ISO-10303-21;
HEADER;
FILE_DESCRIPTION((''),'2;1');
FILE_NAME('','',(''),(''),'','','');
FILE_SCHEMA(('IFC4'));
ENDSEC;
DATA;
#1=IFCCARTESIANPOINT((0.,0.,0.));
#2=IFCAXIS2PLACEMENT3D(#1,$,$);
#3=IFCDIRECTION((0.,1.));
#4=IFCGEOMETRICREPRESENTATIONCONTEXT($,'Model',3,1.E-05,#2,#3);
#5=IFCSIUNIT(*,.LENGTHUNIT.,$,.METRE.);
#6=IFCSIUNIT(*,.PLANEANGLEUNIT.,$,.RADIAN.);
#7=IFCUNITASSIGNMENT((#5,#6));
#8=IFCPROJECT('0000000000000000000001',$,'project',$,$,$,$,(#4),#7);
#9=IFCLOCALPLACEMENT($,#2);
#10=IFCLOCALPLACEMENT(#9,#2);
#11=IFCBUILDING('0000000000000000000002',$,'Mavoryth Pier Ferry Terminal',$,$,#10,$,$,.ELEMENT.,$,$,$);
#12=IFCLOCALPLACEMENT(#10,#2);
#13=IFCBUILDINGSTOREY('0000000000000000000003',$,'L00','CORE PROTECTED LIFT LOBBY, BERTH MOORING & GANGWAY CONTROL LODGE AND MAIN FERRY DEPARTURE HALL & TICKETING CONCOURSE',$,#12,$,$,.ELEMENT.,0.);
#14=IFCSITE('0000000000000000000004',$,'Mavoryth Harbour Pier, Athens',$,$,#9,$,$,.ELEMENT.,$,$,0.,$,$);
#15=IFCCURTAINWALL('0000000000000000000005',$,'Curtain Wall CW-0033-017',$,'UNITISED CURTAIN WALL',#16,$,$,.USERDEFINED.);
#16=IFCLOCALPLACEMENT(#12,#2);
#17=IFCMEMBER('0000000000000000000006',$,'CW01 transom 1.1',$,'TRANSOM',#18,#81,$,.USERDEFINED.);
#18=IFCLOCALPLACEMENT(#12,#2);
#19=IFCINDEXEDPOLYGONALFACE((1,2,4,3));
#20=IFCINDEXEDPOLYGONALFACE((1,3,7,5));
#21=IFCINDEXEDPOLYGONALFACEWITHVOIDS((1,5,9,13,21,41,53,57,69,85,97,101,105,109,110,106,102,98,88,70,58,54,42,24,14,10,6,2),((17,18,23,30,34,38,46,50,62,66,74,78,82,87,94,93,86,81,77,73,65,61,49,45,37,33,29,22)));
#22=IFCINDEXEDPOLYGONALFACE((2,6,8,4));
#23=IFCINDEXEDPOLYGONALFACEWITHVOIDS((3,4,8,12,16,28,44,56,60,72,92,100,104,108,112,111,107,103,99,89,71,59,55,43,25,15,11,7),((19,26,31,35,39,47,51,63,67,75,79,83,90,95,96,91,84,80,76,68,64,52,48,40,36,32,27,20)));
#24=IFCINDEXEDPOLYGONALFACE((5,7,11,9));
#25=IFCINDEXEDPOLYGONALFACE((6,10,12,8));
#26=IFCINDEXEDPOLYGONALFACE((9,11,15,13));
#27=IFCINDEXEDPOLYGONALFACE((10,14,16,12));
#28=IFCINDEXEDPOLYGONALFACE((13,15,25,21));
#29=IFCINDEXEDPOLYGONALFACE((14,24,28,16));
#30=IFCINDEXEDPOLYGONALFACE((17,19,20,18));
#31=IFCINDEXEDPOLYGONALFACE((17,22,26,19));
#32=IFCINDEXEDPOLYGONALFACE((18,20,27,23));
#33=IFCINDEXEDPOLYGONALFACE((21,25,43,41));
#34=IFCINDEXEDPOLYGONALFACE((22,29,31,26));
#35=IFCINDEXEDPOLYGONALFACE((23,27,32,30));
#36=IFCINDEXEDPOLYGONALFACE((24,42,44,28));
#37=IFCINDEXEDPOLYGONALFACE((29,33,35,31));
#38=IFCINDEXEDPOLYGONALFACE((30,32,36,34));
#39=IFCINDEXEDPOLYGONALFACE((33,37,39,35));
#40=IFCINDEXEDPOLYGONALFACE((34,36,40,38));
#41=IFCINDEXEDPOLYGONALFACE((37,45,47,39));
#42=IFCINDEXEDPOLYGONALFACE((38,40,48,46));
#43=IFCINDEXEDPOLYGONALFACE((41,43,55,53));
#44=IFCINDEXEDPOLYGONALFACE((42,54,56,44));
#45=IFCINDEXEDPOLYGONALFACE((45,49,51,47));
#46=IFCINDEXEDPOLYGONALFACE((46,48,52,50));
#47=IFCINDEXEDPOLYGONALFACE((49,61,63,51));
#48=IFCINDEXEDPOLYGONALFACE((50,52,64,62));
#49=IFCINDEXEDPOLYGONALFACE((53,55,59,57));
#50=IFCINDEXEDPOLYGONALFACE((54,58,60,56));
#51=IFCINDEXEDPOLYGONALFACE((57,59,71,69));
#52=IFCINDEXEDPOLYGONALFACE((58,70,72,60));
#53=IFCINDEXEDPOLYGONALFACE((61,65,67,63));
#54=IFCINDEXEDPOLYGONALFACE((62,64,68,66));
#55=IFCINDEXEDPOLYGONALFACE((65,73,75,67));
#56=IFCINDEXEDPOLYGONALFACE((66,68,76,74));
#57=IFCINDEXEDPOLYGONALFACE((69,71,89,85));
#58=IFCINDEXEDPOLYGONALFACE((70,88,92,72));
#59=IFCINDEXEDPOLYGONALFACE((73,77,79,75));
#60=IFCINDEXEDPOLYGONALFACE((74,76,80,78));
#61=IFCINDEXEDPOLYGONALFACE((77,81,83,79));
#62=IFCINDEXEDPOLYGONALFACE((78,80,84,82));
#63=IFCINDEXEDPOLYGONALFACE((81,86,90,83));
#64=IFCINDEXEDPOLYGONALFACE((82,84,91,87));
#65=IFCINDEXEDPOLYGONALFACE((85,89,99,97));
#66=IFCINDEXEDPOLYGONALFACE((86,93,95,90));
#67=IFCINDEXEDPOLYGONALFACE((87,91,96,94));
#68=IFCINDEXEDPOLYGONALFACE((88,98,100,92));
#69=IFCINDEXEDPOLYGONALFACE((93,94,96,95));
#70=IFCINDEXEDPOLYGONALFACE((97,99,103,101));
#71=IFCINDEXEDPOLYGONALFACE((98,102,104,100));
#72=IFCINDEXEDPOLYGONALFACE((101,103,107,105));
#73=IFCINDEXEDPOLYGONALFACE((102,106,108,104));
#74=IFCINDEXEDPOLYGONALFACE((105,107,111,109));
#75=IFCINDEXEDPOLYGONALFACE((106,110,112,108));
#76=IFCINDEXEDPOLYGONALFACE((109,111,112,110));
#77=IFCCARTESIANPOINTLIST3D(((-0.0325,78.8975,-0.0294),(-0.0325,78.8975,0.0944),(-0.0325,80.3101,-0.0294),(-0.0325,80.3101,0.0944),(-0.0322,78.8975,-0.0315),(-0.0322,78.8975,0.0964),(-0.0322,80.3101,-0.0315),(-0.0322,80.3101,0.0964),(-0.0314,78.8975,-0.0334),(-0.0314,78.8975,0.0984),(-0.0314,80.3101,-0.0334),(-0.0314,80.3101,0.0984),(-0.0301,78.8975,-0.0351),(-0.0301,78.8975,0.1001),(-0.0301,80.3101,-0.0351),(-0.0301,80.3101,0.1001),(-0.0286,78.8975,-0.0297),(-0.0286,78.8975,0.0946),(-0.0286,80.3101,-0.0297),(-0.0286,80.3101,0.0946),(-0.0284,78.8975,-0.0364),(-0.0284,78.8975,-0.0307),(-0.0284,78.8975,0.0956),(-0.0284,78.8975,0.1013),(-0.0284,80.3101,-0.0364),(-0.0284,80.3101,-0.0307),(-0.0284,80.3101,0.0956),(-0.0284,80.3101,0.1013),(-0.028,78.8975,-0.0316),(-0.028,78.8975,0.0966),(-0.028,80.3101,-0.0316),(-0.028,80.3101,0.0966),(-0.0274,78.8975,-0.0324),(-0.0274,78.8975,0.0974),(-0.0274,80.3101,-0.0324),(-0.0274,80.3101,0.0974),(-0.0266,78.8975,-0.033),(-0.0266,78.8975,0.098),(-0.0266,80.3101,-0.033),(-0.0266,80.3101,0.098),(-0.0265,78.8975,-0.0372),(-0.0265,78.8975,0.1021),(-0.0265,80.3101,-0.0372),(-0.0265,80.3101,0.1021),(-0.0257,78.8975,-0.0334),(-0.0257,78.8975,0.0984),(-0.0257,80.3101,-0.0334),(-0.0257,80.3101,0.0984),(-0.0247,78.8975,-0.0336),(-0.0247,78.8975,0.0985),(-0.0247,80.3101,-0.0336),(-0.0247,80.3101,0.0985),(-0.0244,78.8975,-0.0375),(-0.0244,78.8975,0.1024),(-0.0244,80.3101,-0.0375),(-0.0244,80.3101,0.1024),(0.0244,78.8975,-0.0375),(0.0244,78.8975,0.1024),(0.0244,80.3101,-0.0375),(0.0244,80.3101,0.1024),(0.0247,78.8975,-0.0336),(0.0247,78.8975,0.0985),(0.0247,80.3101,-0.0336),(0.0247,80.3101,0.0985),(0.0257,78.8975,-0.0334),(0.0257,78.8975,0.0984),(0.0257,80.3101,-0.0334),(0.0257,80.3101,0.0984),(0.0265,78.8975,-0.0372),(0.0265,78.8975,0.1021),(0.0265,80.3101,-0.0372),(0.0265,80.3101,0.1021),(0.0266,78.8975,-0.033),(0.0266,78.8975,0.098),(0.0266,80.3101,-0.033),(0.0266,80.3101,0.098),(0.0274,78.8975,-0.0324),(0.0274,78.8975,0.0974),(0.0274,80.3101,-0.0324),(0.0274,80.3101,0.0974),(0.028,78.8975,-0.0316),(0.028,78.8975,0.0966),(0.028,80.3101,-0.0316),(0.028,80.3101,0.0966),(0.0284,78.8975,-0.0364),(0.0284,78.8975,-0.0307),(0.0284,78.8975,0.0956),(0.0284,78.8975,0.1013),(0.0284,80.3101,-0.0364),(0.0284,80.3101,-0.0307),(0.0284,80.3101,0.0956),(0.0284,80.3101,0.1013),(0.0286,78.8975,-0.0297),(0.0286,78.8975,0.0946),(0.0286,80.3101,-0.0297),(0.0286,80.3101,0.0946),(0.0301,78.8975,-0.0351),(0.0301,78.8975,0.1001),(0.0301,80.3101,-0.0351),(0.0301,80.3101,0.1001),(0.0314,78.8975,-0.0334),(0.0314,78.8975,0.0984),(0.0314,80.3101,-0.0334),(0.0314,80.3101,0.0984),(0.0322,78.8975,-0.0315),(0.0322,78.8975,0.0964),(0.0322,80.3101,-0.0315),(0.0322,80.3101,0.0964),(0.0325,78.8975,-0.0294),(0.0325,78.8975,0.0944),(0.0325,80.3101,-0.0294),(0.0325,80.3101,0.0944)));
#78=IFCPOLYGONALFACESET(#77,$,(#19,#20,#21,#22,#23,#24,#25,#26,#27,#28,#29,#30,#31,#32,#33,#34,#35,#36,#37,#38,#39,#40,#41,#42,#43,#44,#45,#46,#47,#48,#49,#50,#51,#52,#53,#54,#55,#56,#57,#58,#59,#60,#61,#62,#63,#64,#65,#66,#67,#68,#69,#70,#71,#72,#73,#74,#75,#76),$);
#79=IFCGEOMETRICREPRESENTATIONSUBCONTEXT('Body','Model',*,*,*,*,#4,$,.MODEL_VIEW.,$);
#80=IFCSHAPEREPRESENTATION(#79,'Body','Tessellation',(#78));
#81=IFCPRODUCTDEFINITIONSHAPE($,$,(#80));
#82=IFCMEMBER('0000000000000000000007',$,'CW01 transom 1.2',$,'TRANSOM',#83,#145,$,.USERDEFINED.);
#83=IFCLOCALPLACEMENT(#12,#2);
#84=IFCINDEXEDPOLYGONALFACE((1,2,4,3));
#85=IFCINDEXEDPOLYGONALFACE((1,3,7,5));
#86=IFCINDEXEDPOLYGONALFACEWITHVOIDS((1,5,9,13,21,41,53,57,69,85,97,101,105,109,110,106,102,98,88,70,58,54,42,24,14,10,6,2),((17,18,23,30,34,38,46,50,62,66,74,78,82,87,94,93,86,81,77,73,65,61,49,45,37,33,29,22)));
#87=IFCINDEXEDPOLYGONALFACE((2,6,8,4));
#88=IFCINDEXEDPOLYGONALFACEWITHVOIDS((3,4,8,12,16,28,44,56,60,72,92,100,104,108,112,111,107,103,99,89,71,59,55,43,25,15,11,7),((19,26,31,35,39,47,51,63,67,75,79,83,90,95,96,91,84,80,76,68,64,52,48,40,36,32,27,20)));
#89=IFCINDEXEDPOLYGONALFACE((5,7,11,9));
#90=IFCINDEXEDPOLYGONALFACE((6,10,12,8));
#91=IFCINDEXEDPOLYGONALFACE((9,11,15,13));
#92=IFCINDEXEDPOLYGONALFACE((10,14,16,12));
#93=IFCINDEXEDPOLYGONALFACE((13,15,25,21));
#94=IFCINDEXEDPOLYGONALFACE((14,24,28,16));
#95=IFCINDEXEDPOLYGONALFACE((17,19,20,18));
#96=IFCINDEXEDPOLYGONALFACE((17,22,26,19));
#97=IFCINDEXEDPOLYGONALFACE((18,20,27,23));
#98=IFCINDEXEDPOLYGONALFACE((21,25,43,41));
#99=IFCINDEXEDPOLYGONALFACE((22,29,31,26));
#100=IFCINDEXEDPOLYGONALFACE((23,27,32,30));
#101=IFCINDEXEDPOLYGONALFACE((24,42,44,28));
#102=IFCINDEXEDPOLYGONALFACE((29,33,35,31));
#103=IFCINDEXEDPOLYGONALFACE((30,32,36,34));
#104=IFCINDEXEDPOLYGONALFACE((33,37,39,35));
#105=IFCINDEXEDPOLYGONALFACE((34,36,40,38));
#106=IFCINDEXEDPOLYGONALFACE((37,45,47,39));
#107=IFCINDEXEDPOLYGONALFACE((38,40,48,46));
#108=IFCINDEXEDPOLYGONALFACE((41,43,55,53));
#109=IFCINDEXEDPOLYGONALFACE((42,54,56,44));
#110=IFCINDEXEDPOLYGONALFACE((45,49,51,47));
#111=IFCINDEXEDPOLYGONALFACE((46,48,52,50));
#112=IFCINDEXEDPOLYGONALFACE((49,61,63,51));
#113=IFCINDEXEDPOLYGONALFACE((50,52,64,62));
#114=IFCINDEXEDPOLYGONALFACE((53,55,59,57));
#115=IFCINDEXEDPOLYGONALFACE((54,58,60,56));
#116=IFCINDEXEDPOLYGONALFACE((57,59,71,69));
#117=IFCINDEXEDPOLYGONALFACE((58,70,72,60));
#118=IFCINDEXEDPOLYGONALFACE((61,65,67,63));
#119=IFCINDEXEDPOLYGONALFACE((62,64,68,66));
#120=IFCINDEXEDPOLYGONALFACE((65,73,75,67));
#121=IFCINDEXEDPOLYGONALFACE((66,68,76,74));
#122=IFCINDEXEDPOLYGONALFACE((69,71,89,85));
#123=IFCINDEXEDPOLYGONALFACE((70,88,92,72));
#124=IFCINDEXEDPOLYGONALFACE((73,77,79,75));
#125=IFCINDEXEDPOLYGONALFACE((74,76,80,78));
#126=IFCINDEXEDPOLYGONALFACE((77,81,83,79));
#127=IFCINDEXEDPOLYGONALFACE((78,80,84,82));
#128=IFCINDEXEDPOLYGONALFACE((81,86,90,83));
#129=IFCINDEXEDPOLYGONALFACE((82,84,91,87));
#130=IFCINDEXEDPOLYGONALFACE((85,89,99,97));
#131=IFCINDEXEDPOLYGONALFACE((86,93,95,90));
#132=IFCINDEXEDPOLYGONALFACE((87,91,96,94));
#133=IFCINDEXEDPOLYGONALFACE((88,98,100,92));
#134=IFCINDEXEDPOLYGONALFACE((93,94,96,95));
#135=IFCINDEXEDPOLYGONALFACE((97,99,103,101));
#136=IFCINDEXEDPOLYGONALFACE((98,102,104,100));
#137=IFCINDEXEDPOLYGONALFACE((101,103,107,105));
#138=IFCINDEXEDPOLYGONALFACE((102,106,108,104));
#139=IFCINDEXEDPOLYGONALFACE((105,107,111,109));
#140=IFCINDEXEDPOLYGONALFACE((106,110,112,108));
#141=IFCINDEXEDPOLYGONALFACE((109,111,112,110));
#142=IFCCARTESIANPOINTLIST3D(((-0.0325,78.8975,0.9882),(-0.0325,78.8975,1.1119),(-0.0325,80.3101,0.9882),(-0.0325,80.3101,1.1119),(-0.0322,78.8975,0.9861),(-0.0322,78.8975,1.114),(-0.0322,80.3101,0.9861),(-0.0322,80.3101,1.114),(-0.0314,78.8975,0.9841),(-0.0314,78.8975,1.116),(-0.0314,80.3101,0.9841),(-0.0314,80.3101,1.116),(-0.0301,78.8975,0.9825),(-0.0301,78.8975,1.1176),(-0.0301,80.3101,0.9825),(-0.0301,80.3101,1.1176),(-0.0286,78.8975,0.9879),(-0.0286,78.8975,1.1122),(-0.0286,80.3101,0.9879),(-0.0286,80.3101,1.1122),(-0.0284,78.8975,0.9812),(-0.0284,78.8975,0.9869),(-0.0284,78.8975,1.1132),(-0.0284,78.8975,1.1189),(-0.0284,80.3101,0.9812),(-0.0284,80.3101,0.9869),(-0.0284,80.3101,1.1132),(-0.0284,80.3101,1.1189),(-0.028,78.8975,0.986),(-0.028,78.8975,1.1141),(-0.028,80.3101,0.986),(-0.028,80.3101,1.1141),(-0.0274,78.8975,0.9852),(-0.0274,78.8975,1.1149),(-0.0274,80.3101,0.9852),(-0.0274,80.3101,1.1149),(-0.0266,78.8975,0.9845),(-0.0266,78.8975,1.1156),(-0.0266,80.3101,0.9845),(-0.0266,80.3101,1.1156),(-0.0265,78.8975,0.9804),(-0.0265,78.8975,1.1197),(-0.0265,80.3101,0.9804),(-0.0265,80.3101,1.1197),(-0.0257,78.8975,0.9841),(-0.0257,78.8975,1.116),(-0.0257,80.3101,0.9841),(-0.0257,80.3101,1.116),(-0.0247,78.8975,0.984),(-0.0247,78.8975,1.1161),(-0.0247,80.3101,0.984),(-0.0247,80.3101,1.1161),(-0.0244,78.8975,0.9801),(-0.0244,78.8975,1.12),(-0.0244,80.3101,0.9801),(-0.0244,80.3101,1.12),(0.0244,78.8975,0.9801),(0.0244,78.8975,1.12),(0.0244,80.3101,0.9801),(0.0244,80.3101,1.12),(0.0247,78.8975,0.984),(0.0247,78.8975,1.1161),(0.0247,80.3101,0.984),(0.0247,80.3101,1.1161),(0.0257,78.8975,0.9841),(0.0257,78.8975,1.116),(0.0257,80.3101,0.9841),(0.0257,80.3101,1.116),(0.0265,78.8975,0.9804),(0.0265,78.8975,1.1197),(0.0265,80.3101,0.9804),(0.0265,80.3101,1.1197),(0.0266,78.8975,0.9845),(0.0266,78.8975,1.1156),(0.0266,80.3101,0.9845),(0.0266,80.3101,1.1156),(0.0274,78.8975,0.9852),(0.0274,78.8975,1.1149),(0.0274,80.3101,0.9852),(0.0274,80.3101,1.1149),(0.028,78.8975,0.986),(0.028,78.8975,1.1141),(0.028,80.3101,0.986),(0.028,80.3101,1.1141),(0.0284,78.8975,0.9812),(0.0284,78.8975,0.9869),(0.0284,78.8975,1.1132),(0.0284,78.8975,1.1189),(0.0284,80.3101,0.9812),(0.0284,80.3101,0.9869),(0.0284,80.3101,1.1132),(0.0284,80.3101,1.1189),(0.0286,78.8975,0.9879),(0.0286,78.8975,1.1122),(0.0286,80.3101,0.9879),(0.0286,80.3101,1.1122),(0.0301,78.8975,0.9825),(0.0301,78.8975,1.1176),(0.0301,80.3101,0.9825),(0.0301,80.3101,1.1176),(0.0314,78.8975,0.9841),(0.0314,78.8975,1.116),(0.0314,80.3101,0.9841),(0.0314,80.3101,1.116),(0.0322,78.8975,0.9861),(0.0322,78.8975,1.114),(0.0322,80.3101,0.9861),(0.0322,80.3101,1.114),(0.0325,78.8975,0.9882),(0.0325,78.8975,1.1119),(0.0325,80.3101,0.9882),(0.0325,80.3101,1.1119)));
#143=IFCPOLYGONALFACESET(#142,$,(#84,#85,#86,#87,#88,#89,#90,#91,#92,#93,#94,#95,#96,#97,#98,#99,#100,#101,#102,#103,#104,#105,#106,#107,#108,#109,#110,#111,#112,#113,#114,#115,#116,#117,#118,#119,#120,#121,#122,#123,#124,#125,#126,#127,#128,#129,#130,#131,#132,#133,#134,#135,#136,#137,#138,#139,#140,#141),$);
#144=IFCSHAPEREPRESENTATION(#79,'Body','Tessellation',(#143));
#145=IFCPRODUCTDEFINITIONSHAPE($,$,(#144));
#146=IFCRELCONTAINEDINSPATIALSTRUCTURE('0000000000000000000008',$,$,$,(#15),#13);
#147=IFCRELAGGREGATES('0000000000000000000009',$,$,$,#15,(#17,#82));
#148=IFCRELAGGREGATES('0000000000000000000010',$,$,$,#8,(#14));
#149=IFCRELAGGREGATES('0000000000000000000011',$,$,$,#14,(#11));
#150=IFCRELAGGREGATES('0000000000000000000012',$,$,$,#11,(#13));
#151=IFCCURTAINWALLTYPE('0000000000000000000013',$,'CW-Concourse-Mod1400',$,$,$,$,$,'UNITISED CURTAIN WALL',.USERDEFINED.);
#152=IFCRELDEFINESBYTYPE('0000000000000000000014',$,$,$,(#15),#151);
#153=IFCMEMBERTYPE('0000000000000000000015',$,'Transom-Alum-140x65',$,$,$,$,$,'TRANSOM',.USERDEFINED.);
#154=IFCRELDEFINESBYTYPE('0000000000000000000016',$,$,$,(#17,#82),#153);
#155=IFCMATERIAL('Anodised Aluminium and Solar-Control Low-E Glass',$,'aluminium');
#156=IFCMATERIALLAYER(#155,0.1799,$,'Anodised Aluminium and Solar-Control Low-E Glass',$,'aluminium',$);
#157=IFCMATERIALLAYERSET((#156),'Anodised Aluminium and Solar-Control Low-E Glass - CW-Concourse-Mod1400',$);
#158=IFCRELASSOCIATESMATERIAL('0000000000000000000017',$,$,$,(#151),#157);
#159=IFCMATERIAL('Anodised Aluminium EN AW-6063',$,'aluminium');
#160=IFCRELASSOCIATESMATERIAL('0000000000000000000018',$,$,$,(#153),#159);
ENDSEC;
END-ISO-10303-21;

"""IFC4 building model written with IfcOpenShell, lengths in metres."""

from ifc_helpers import new_model, si_unit, direction, frame, origin, origin_2d, place, context, subcontext, project, spatial, hollow_rectangle, extrude, material, layer, layer_set, material_profile, profile_set, type_object, element, aggregate, save


model = new_model("IFC4")

# Units and contexts
model_context = context("Model", 3, precision=1e-05, world=origin(), true_north=direction((0.0, 1.0)))
body_context = subcontext(model_context, "Body", "Model", "MODEL_VIEW")
ifc_project = project(units=[si_unit("LENGTHUNIT", "METRE"), si_unit("PLANEANGLEUNIT", "RADIAN")], contexts=[model_context])

# Site, building, storey
site_placement = place(None, origin())
site = spatial("IfcSite", under=ifc_project, at=site_placement, Name="Mavoryth Harbour Pier, Athens", CompositionType="ELEMENT", RefElevation=0.0)
building_placement = place(site_placement, origin())
building = spatial("IfcBuilding", under=site, at=building_placement, Name="Mavoryth Pier Ferry Terminal", CompositionType="ELEMENT")
storey_placement = place(building_placement, origin())
storey = spatial("IfcBuildingStorey", under=building, at=storey_placement, Name="L00", Description="CORE PROTECTED LIFT LOBBY, BERTH MOORING & GANGWAY CONTROL LODGE AND MAIN FERRY DEPARTURE HALL & TICKETING CONCOURSE", CompositionType="ELEMENT", Elevation=0.0)

# Curtain wall, members
ifc_material_1 = material(Name="Anodised Aluminium and Solar-Control Low-E Glass", Category="aluminium")
ifc_layer_1 = layer(ifc_material_1, 0.1799, Name="Anodised Aluminium and Solar-Control Low-E Glass", Category="aluminium")
ifc_layer_set_1 = layer_set([ifc_layer_1], Name="Anodised Aluminium and Solar-Control Low-E Glass - CW-Concourse-Mod1400")
curtain_wall_type = type_object("IfcCurtainWallType", Name="CW-Concourse-Mod1400", ElementType="UNITISED CURTAIN WALL", PredefinedType="USERDEFINED", material=ifc_layer_set_1)
curtain_wall_placement = place(storey_placement, origin())
curtain_wall = element("IfcCurtainWall", 1, at=curtain_wall_placement, inside=storey, type_object=curtain_wall_type, Name="Curtain Wall CW-0033-017", ObjectType="UNITISED CURTAIN WALL", PredefinedType="USERDEFINED")
ifc_material_2 = material(Name="Anodised Aluminium EN AW-6063", Category="aluminium")
ifc_material_profile_1 = material_profile(ifc_material_2, hollow_rectangle(XDim=0.0649, YDim=0.1399, WallThickness=0.0039, InnerFilletRadius=0.0039, OuterFilletRadius=0.0081, at=origin_2d()), Name="AL-TRAN 140x65x4", Category="aluminium")
ifc_profile_set_1 = profile_set([ifc_material_profile_1], Name="Anodised Aluminium EN AW-6063 - AL-TRAN 140x65x4")
member_type_1 = type_object("IfcMemberType", Name="Transom-Alum-140x65", ElementType="TRANSOM", PredefinedType="USERDEFINED", material=ifc_profile_set_1)
member_1_placement = place(storey_placement, frame((0.0, 80.3101, 0.0325), z_axis=(0.0, -1.0, 0.0), x_axis=(1.0, 0.0, 0.0)))
member_1 = element("IfcMember", 2, at=member_1_placement, type_object=member_type_1, Name="CW01 transom 1.1", ObjectType="TRANSOM", PredefinedType="USERDEFINED", context=body_context, shape_type="SweptSolid", body=[
    extrude(hollow_rectangle(XDim=0.0649, YDim=0.1399, WallThickness=0.0039, InnerFilletRadius=0.0039, OuterFilletRadius=0.0081, at=origin_2d()), origin(), (0.0, 0.0, 1.0), 1.4126),
])
member_2_placement = place(storey_placement, frame((0.0, 80.3101, 1.05), z_axis=(0.0, -1.0, 0.0), x_axis=(1.0, 0.0, 0.0)))
member_2 = element("IfcMember", 3, at=member_2_placement, type_object=member_type_1, Name="CW01 transom 1.2", ObjectType="TRANSOM", PredefinedType="USERDEFINED", context=body_context, shape_type="SweptSolid", body=[
    extrude(hollow_rectangle(XDim=0.0649, YDim=0.1399, WallThickness=0.0039, InnerFilletRadius=0.0039, OuterFilletRadius=0.0081, at=origin_2d()), origin(), (0.0, 0.0, 1.0), 1.4126),
])
aggregate(curtain_wall, [member_1, member_2])

save(model, "model.ifc")
